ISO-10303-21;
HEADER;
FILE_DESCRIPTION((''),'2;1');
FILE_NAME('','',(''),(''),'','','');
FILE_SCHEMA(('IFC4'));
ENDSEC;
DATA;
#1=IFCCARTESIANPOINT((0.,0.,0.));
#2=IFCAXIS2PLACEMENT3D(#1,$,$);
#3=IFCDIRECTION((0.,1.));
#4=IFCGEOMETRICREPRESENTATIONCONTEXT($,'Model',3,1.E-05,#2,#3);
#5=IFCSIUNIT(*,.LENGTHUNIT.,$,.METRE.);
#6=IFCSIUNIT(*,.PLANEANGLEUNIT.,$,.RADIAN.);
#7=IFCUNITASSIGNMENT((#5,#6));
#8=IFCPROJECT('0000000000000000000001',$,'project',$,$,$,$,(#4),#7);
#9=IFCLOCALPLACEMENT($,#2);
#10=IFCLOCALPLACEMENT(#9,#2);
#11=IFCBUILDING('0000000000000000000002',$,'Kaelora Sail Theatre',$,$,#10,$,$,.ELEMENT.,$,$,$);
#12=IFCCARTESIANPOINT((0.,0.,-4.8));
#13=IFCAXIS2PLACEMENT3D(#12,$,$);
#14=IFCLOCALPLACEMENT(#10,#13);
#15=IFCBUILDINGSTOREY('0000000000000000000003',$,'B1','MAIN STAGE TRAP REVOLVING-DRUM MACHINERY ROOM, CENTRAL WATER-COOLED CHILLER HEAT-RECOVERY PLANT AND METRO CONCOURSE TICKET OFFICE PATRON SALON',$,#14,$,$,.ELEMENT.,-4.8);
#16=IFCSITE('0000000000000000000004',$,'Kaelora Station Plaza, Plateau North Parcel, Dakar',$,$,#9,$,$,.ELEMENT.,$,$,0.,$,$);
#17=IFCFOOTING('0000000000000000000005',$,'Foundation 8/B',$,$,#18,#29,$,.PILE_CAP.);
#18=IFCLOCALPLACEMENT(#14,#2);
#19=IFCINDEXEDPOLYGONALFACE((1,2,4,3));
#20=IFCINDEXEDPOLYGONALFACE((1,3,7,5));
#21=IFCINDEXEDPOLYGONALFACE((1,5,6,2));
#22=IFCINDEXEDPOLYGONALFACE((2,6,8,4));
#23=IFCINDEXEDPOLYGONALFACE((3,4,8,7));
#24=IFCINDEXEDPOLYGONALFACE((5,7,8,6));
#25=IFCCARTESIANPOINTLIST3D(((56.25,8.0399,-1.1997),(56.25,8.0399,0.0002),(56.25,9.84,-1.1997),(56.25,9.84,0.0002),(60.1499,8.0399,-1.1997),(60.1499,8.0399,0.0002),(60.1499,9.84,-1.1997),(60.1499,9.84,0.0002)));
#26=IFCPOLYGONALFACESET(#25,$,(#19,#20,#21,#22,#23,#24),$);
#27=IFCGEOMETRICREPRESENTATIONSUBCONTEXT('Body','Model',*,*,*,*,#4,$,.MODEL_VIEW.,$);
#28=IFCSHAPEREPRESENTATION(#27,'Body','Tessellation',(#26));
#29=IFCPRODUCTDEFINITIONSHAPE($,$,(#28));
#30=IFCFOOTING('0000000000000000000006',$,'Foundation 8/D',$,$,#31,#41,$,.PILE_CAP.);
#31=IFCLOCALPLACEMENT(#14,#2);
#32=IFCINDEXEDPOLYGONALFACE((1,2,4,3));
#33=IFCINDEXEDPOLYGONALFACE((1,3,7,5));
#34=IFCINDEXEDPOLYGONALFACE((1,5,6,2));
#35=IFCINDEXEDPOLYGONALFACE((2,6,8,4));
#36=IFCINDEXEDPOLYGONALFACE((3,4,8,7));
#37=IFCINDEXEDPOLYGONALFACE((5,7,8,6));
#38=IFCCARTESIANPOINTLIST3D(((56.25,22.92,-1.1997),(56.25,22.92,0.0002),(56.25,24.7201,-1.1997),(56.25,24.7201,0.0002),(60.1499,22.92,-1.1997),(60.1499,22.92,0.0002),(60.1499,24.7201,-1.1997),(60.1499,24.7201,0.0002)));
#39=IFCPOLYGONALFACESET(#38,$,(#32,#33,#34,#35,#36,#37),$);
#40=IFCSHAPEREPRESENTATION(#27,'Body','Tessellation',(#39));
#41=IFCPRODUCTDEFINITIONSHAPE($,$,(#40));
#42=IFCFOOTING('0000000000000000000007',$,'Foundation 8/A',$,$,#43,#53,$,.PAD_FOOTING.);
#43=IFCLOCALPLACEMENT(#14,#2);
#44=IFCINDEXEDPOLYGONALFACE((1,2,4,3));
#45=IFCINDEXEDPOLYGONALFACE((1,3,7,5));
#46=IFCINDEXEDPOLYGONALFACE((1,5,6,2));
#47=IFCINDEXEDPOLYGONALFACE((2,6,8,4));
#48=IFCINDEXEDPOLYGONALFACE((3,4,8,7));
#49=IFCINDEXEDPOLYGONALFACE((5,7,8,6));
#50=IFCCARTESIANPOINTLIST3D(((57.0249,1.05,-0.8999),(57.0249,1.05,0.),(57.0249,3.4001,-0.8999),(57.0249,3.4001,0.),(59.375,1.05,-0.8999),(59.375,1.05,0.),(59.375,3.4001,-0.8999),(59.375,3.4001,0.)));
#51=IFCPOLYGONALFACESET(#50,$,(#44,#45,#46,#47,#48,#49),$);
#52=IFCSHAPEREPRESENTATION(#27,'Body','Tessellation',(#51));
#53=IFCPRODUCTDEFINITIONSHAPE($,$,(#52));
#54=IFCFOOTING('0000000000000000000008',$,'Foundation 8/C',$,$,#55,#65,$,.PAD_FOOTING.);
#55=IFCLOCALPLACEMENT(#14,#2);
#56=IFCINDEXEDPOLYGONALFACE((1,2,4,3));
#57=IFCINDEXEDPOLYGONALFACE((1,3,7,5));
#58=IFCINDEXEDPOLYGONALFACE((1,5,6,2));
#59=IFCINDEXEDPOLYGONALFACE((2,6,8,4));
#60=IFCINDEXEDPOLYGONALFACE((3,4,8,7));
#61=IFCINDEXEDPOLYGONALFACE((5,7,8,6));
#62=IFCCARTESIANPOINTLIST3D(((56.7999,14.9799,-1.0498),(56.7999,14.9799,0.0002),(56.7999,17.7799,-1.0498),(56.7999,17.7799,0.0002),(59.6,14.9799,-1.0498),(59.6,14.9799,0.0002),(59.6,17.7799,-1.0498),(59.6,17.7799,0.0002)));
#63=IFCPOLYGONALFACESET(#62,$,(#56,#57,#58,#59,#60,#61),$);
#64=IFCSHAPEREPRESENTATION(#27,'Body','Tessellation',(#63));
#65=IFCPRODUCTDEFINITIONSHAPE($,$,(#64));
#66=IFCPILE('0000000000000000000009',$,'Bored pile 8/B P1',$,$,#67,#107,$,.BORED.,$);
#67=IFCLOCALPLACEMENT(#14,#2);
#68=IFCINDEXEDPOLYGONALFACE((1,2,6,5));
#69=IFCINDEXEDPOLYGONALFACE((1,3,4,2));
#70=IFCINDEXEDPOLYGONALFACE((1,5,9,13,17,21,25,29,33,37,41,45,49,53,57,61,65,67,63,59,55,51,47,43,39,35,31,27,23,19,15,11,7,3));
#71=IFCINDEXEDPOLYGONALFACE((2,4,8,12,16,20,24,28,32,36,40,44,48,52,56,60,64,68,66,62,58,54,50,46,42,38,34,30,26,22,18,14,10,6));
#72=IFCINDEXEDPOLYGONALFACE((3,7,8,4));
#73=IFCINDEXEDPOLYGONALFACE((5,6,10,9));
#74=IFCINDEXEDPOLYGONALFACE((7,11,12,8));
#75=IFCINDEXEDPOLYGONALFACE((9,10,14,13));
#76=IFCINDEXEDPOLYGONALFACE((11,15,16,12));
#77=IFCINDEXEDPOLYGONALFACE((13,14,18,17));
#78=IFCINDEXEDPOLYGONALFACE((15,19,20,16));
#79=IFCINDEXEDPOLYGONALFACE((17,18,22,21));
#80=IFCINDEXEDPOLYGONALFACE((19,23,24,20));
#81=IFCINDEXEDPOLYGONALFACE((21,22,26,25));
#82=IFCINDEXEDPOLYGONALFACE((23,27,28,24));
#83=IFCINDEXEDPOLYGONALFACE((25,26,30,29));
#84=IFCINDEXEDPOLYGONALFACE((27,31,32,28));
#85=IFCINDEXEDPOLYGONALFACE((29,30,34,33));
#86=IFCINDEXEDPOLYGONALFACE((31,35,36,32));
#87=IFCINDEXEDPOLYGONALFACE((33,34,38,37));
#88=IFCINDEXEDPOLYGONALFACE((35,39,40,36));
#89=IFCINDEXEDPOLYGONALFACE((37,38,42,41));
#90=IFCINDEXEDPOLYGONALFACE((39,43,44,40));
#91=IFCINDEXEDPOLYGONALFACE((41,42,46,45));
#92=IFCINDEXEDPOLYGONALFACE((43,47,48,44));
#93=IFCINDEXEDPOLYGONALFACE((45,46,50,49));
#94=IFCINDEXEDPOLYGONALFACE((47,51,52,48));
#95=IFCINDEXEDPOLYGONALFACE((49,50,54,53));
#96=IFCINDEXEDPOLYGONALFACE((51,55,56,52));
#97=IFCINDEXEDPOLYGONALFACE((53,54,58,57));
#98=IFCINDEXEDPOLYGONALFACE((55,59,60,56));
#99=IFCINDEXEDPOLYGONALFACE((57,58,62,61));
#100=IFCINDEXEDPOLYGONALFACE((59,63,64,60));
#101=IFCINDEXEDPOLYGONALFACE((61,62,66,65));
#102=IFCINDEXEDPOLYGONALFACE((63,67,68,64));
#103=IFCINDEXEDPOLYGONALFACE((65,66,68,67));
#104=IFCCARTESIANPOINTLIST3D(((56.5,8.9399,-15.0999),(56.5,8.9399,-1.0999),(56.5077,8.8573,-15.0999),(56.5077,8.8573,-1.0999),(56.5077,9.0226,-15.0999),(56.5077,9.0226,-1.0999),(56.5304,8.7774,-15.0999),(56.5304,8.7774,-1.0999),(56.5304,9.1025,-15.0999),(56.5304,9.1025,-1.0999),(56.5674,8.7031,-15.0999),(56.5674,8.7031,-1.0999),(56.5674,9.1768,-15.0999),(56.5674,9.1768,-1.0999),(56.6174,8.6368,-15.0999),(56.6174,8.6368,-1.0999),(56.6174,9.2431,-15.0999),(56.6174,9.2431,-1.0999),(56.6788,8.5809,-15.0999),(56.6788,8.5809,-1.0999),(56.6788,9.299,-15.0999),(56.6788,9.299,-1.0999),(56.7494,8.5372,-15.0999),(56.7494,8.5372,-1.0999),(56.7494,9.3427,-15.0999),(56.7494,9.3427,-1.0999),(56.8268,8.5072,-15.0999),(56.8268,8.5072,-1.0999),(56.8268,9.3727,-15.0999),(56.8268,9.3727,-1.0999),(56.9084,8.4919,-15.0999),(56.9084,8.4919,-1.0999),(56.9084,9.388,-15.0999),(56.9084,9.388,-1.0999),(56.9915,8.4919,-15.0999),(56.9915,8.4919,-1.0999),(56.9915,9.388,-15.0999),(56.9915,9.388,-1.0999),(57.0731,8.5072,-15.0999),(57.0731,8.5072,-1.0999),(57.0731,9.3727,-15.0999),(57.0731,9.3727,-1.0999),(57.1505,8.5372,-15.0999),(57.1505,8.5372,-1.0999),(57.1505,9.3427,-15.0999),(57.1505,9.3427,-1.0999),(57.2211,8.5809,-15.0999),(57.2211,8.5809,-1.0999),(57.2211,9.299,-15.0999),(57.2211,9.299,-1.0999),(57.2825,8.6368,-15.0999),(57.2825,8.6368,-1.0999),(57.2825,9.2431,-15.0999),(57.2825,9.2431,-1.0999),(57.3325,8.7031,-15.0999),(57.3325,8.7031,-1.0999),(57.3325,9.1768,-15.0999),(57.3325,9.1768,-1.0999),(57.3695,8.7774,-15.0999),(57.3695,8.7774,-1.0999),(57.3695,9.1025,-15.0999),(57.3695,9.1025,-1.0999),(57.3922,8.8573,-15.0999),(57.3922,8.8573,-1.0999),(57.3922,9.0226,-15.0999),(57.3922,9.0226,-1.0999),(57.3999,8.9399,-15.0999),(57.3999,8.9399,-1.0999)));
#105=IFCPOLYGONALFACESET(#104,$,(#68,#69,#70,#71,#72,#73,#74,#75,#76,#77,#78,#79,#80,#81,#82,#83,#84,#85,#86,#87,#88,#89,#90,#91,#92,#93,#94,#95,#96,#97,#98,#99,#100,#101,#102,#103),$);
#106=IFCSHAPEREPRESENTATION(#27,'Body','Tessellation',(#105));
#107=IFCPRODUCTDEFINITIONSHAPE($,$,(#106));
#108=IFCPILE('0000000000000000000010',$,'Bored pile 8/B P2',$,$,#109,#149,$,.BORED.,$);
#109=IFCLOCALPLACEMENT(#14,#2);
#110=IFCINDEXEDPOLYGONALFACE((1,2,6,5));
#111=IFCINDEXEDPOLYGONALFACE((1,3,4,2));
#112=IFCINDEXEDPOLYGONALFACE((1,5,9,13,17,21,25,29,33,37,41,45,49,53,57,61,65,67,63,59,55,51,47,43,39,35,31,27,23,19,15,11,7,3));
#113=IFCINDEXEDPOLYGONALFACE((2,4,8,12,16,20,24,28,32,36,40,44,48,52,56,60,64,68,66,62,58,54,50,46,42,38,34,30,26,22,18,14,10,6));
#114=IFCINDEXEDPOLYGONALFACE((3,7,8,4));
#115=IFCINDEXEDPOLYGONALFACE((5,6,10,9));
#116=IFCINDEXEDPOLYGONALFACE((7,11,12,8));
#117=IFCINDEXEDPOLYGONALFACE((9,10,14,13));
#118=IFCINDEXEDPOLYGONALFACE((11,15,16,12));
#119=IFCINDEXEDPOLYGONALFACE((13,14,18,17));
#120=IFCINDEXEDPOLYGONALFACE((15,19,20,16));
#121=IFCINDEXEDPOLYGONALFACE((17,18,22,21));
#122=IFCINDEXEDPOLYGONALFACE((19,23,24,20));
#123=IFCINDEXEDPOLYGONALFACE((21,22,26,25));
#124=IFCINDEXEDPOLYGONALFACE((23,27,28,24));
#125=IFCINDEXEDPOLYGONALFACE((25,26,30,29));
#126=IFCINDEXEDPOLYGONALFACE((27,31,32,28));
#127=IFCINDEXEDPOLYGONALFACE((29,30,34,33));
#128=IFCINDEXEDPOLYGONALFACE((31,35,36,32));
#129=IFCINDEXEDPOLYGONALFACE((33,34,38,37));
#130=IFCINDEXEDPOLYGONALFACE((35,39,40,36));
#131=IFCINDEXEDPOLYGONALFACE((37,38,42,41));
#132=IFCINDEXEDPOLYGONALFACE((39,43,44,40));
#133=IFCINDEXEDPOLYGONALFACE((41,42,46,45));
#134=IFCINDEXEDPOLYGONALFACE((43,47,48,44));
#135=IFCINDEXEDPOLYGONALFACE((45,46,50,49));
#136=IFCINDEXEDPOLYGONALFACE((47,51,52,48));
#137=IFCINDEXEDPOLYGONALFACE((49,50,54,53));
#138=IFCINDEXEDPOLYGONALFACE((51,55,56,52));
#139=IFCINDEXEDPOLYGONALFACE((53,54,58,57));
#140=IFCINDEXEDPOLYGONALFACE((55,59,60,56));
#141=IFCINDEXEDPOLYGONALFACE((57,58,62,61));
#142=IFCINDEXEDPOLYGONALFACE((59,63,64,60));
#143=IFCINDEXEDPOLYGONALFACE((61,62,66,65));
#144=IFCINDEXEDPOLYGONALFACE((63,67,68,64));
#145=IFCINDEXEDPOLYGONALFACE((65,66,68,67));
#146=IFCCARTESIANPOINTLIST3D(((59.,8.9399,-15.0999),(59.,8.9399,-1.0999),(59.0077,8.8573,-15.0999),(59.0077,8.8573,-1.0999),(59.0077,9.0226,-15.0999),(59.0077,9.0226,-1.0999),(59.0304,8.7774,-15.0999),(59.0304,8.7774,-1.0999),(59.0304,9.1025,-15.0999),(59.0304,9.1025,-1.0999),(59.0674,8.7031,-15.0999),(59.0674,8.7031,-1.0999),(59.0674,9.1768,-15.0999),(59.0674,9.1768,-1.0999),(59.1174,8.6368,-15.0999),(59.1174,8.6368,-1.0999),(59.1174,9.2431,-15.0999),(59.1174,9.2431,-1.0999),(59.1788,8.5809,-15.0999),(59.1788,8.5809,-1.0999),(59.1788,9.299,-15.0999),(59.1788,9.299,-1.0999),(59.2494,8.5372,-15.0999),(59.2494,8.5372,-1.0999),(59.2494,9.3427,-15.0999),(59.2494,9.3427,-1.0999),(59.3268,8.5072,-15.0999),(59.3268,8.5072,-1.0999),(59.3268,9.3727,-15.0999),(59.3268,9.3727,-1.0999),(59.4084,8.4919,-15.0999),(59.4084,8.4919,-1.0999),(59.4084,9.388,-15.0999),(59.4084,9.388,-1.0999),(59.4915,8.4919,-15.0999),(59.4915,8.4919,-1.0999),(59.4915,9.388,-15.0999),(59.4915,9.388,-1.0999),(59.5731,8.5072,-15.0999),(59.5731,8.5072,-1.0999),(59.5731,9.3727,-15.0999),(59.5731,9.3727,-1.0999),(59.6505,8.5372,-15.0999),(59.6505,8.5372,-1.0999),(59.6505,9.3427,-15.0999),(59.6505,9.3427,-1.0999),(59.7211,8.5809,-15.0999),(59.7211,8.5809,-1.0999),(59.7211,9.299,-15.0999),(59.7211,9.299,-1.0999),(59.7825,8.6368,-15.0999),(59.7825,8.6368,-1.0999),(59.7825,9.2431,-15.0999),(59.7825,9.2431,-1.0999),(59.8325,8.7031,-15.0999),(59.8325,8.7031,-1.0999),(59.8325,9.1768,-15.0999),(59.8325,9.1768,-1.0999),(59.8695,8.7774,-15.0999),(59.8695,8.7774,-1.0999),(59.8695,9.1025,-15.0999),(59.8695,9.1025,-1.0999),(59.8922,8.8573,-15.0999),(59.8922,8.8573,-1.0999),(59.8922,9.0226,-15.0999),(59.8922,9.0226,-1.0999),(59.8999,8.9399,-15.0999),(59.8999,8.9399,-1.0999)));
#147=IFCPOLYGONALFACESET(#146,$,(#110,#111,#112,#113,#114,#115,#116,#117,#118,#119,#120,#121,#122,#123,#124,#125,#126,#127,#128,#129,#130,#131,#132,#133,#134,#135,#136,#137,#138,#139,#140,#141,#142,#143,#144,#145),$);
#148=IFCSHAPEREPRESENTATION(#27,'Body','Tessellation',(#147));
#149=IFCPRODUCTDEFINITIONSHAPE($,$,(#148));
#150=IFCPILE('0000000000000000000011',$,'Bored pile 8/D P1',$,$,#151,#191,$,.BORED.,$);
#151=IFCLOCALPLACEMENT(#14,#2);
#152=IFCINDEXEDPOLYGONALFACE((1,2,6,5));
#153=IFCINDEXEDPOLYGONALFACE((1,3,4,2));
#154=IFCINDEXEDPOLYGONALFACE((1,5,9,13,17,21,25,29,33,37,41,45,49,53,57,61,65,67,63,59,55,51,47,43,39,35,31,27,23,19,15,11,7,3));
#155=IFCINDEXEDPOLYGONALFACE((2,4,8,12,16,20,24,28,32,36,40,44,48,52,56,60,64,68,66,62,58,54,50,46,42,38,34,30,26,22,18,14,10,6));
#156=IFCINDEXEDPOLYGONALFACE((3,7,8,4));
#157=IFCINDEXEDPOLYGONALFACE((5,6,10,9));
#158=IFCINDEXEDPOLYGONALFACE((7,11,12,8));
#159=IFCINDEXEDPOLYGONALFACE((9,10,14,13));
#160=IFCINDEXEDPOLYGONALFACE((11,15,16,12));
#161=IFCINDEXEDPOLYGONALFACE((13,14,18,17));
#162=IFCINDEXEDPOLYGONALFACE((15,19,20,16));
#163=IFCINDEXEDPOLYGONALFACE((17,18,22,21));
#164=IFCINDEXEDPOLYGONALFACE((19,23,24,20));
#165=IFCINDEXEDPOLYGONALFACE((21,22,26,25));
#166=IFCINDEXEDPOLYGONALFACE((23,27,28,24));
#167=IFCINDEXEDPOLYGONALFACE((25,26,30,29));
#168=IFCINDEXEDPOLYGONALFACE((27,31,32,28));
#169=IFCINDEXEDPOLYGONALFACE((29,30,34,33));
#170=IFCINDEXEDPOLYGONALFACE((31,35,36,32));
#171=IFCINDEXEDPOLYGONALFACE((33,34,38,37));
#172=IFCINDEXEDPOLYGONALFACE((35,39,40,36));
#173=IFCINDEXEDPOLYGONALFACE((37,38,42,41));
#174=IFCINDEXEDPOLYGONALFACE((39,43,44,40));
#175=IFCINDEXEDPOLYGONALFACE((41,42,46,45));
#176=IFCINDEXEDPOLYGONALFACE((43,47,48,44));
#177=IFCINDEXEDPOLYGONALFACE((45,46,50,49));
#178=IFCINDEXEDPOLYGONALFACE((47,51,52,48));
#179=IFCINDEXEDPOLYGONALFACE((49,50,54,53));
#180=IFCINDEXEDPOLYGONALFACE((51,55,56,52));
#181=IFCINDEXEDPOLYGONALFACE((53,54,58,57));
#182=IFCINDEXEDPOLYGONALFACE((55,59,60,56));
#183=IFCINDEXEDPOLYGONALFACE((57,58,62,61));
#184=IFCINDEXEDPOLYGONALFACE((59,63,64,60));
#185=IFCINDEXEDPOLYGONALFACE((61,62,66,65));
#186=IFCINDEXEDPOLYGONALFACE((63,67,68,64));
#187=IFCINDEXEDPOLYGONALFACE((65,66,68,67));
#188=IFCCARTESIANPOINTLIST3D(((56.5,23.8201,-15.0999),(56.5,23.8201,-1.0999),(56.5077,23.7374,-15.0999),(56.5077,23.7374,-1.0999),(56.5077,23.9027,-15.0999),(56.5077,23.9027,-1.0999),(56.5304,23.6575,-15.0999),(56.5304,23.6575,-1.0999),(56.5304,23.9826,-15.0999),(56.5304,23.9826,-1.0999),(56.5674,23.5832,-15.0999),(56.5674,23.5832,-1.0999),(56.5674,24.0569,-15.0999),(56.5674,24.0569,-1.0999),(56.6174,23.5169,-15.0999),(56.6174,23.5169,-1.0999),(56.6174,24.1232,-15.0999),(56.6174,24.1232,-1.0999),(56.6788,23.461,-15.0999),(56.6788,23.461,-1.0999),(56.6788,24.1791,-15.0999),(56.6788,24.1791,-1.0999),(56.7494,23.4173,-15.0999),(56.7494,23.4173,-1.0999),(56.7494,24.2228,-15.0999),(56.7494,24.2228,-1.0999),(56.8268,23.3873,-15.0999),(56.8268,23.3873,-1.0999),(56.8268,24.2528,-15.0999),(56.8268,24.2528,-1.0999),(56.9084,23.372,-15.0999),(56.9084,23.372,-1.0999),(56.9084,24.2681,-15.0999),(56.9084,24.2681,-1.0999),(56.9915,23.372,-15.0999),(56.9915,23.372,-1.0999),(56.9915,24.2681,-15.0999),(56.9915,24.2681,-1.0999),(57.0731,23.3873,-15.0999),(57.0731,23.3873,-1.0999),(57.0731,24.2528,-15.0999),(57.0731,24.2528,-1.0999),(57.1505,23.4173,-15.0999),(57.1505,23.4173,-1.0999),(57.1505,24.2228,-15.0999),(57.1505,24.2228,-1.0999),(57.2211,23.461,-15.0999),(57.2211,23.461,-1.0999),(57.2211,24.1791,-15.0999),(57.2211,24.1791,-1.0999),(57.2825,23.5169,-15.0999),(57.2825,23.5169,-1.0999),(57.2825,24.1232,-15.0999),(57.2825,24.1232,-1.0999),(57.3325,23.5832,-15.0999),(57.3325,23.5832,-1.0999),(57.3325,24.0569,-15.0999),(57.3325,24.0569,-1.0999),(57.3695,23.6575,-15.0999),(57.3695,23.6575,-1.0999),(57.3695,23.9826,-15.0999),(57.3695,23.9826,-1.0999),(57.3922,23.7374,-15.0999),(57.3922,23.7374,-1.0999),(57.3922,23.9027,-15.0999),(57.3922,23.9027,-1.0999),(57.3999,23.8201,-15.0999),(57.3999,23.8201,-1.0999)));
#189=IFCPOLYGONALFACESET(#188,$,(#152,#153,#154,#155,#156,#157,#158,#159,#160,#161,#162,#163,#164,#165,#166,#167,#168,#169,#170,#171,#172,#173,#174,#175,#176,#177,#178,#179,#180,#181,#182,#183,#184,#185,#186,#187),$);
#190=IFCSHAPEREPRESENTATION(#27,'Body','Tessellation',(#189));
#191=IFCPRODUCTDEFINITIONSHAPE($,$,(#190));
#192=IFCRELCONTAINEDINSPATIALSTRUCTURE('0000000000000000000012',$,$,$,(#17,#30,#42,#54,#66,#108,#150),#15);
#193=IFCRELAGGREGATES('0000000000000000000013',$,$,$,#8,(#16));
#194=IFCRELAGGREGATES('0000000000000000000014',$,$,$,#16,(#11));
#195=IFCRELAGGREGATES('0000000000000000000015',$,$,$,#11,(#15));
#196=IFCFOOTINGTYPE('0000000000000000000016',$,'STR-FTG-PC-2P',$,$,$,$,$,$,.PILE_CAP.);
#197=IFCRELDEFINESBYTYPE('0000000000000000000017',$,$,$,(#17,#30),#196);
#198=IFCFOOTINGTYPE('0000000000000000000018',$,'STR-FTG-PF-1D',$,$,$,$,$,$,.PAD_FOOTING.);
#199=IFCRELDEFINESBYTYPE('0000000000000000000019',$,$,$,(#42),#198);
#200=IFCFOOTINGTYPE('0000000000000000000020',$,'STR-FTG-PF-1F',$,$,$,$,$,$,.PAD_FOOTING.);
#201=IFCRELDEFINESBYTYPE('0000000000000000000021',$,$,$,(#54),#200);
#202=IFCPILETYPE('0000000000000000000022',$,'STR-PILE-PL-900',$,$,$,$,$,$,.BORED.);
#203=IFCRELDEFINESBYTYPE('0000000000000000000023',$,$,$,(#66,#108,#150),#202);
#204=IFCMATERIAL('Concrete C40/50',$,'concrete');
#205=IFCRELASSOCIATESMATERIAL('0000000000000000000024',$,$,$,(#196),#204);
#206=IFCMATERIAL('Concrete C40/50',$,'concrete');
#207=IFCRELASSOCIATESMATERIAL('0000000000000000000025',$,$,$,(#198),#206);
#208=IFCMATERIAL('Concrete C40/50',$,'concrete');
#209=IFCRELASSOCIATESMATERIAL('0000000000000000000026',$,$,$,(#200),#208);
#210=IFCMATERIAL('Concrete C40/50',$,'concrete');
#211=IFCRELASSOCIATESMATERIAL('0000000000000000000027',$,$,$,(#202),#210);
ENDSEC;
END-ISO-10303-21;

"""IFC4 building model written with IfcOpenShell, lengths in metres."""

from ifc_helpers import new_model, si_unit, direction, frame, origin, origin_2d, place, context, subcontext, project, spatial, rectangle, circle, extrude, material, material_profile, profile_set, type_object, element, save


model = new_model("IFC4")

# Units and contexts
model_context = context("Model", 3, precision=1e-05, world=origin(), true_north=direction((0.0, 1.0)))
body_context = subcontext(model_context, "Body", "Model", "MODEL_VIEW")
ifc_project = project(units=[si_unit("LENGTHUNIT", "METRE"), si_unit("PLANEANGLEUNIT", "RADIAN")], contexts=[model_context])

# Site, building, storey
site_placement = place(None, origin())
site = spatial("IfcSite", under=ifc_project, at=site_placement, Name="Kaelora Station Plaza, Plateau North Parcel, Dakar", CompositionType="ELEMENT", RefElevation=0.0)
building_placement = place(site_placement, origin())
building = spatial("IfcBuilding", under=site, at=building_placement, Name="Kaelora Sail Theatre", CompositionType="ELEMENT")
storey_placement = place(building_placement, frame((0.0, 0.0, -4.8)))
storey = spatial("IfcBuildingStorey", under=building, at=storey_placement, Name="B1", Description="MAIN STAGE TRAP REVOLVING-DRUM MACHINERY ROOM, CENTRAL WATER-COOLED CHILLER HEAT-RECOVERY PLANT AND METRO CONCOURSE TICKET OFFICE PATRON SALON", CompositionType="ELEMENT", Elevation=-4.8)

# Footings
ifc_material_1 = material(Name="Concrete C40/50", Category="concrete")
footing_type_1 = type_object("IfcFootingType", Name="STR-FTG-PC-2P", PredefinedType="PILE_CAP", material=ifc_material_1)
for number, where, z_axis, x_axis, name in (
    (1, (58.2, 8.9399, -1.1997), (0.0, 0.0, 1.0), (1.0, 0.0, 0.0), "Foundation 8/B"),
    (2, (58.2, 23.8201, -1.1997), (0.0, 0.0, 1.0), (1.0, 0.0, 0.0), "Foundation 8/D"),
):
    element("IfcFooting", number, at=place(storey_placement, frame(where, z_axis=z_axis, x_axis=x_axis)), inside=storey, type_object=footing_type_1, Name=name, PredefinedType="PILE_CAP", context=body_context, shape_type="SweptSolid", body=[
        extrude(rectangle(XDim=3.8999, YDim=1.8, at=origin_2d()), origin(), (0.0, 0.0, 1.0), 1.2),
    ])
ifc_material_2 = material(Name="Concrete C40/50", Category="concrete")
footing_type_2 = type_object("IfcFootingType", Name="STR-FTG-PF-1D", PredefinedType="PAD_FOOTING", material=ifc_material_2)
footing_1_placement = place(storey_placement, frame((58.2, 2.2251, -0.8999), z_axis=(0.0, 0.0, 1.0), x_axis=(1.0, 0.0, 0.0)))
element("IfcFooting", 3, at=footing_1_placement, inside=storey, type_object=footing_type_2, Name="Foundation 8/A", PredefinedType="PAD_FOOTING", context=body_context, shape_type="SweptSolid", body=[
    extrude(rectangle(XDim=2.3501, YDim=2.3501, at=origin_2d()), origin(), (0.0, 0.0, 1.0), 0.8999),
])
ifc_material_3 = material(Name="Concrete C40/50", Category="concrete")
footing_type_3 = type_object("IfcFootingType", Name="STR-FTG-PF-1F", PredefinedType="PAD_FOOTING", material=ifc_material_3)
footing_2_placement = place(storey_placement, frame((58.2, 16.3799, -1.0498), z_axis=(0.0, 0.0, 1.0), x_axis=(1.0, 0.0, 0.0)))
element("IfcFooting", 4, at=footing_2_placement, inside=storey, type_object=footing_type_3, Name="Foundation 8/C", PredefinedType="PAD_FOOTING", context=body_context, shape_type="SweptSolid", body=[
    extrude(rectangle(XDim=2.8, YDim=2.8, at=origin_2d()), origin(), (0.0, 0.0, 1.0), 1.05),
])

# Piles
ifc_material_4 = material(Name="Concrete C40/50", Category="concrete")
ifc_material_profile_1 = material_profile(ifc_material_4, circle(Radius=0.45, at=origin_2d()), Name="PILE D900")
ifc_profile_set_1 = profile_set([ifc_material_profile_1], Name="Concrete C40/50")
pile_type = type_object("IfcPileType", Name="STR-PILE-PL-900", PredefinedType="BORED", material=ifc_profile_set_1)
for number, where, z_axis, x_axis, name in (
    (5, (56.95, 8.9399, -1.0999), (0.0, 0.0, -1.0), (1.0, 0.0, 0.0), "Bored pile 8/B P1"),
    (6, (59.45, 8.9399, -1.0999), (0.0, 0.0, -1.0), (1.0, 0.0, 0.0), "Bored pile 8/B P2"),
    (7, (56.95, 23.8201, -1.0999), (0.0, 0.0, -1.0), (1.0, 0.0, 0.0), "Bored pile 8/D P1"),
):
    element("IfcPile", number, at=place(storey_placement, frame(where, z_axis=z_axis, x_axis=x_axis)), inside=storey, type_object=pile_type, Name=name, PredefinedType="BORED", context=body_context, shape_type="SweptSolid", body=[
        extrude(circle(Radius=0.45, at=origin_2d()), origin(), (0.0, 0.0, 1.0), 14.0),
    ])

save(model, "model.ifc")
